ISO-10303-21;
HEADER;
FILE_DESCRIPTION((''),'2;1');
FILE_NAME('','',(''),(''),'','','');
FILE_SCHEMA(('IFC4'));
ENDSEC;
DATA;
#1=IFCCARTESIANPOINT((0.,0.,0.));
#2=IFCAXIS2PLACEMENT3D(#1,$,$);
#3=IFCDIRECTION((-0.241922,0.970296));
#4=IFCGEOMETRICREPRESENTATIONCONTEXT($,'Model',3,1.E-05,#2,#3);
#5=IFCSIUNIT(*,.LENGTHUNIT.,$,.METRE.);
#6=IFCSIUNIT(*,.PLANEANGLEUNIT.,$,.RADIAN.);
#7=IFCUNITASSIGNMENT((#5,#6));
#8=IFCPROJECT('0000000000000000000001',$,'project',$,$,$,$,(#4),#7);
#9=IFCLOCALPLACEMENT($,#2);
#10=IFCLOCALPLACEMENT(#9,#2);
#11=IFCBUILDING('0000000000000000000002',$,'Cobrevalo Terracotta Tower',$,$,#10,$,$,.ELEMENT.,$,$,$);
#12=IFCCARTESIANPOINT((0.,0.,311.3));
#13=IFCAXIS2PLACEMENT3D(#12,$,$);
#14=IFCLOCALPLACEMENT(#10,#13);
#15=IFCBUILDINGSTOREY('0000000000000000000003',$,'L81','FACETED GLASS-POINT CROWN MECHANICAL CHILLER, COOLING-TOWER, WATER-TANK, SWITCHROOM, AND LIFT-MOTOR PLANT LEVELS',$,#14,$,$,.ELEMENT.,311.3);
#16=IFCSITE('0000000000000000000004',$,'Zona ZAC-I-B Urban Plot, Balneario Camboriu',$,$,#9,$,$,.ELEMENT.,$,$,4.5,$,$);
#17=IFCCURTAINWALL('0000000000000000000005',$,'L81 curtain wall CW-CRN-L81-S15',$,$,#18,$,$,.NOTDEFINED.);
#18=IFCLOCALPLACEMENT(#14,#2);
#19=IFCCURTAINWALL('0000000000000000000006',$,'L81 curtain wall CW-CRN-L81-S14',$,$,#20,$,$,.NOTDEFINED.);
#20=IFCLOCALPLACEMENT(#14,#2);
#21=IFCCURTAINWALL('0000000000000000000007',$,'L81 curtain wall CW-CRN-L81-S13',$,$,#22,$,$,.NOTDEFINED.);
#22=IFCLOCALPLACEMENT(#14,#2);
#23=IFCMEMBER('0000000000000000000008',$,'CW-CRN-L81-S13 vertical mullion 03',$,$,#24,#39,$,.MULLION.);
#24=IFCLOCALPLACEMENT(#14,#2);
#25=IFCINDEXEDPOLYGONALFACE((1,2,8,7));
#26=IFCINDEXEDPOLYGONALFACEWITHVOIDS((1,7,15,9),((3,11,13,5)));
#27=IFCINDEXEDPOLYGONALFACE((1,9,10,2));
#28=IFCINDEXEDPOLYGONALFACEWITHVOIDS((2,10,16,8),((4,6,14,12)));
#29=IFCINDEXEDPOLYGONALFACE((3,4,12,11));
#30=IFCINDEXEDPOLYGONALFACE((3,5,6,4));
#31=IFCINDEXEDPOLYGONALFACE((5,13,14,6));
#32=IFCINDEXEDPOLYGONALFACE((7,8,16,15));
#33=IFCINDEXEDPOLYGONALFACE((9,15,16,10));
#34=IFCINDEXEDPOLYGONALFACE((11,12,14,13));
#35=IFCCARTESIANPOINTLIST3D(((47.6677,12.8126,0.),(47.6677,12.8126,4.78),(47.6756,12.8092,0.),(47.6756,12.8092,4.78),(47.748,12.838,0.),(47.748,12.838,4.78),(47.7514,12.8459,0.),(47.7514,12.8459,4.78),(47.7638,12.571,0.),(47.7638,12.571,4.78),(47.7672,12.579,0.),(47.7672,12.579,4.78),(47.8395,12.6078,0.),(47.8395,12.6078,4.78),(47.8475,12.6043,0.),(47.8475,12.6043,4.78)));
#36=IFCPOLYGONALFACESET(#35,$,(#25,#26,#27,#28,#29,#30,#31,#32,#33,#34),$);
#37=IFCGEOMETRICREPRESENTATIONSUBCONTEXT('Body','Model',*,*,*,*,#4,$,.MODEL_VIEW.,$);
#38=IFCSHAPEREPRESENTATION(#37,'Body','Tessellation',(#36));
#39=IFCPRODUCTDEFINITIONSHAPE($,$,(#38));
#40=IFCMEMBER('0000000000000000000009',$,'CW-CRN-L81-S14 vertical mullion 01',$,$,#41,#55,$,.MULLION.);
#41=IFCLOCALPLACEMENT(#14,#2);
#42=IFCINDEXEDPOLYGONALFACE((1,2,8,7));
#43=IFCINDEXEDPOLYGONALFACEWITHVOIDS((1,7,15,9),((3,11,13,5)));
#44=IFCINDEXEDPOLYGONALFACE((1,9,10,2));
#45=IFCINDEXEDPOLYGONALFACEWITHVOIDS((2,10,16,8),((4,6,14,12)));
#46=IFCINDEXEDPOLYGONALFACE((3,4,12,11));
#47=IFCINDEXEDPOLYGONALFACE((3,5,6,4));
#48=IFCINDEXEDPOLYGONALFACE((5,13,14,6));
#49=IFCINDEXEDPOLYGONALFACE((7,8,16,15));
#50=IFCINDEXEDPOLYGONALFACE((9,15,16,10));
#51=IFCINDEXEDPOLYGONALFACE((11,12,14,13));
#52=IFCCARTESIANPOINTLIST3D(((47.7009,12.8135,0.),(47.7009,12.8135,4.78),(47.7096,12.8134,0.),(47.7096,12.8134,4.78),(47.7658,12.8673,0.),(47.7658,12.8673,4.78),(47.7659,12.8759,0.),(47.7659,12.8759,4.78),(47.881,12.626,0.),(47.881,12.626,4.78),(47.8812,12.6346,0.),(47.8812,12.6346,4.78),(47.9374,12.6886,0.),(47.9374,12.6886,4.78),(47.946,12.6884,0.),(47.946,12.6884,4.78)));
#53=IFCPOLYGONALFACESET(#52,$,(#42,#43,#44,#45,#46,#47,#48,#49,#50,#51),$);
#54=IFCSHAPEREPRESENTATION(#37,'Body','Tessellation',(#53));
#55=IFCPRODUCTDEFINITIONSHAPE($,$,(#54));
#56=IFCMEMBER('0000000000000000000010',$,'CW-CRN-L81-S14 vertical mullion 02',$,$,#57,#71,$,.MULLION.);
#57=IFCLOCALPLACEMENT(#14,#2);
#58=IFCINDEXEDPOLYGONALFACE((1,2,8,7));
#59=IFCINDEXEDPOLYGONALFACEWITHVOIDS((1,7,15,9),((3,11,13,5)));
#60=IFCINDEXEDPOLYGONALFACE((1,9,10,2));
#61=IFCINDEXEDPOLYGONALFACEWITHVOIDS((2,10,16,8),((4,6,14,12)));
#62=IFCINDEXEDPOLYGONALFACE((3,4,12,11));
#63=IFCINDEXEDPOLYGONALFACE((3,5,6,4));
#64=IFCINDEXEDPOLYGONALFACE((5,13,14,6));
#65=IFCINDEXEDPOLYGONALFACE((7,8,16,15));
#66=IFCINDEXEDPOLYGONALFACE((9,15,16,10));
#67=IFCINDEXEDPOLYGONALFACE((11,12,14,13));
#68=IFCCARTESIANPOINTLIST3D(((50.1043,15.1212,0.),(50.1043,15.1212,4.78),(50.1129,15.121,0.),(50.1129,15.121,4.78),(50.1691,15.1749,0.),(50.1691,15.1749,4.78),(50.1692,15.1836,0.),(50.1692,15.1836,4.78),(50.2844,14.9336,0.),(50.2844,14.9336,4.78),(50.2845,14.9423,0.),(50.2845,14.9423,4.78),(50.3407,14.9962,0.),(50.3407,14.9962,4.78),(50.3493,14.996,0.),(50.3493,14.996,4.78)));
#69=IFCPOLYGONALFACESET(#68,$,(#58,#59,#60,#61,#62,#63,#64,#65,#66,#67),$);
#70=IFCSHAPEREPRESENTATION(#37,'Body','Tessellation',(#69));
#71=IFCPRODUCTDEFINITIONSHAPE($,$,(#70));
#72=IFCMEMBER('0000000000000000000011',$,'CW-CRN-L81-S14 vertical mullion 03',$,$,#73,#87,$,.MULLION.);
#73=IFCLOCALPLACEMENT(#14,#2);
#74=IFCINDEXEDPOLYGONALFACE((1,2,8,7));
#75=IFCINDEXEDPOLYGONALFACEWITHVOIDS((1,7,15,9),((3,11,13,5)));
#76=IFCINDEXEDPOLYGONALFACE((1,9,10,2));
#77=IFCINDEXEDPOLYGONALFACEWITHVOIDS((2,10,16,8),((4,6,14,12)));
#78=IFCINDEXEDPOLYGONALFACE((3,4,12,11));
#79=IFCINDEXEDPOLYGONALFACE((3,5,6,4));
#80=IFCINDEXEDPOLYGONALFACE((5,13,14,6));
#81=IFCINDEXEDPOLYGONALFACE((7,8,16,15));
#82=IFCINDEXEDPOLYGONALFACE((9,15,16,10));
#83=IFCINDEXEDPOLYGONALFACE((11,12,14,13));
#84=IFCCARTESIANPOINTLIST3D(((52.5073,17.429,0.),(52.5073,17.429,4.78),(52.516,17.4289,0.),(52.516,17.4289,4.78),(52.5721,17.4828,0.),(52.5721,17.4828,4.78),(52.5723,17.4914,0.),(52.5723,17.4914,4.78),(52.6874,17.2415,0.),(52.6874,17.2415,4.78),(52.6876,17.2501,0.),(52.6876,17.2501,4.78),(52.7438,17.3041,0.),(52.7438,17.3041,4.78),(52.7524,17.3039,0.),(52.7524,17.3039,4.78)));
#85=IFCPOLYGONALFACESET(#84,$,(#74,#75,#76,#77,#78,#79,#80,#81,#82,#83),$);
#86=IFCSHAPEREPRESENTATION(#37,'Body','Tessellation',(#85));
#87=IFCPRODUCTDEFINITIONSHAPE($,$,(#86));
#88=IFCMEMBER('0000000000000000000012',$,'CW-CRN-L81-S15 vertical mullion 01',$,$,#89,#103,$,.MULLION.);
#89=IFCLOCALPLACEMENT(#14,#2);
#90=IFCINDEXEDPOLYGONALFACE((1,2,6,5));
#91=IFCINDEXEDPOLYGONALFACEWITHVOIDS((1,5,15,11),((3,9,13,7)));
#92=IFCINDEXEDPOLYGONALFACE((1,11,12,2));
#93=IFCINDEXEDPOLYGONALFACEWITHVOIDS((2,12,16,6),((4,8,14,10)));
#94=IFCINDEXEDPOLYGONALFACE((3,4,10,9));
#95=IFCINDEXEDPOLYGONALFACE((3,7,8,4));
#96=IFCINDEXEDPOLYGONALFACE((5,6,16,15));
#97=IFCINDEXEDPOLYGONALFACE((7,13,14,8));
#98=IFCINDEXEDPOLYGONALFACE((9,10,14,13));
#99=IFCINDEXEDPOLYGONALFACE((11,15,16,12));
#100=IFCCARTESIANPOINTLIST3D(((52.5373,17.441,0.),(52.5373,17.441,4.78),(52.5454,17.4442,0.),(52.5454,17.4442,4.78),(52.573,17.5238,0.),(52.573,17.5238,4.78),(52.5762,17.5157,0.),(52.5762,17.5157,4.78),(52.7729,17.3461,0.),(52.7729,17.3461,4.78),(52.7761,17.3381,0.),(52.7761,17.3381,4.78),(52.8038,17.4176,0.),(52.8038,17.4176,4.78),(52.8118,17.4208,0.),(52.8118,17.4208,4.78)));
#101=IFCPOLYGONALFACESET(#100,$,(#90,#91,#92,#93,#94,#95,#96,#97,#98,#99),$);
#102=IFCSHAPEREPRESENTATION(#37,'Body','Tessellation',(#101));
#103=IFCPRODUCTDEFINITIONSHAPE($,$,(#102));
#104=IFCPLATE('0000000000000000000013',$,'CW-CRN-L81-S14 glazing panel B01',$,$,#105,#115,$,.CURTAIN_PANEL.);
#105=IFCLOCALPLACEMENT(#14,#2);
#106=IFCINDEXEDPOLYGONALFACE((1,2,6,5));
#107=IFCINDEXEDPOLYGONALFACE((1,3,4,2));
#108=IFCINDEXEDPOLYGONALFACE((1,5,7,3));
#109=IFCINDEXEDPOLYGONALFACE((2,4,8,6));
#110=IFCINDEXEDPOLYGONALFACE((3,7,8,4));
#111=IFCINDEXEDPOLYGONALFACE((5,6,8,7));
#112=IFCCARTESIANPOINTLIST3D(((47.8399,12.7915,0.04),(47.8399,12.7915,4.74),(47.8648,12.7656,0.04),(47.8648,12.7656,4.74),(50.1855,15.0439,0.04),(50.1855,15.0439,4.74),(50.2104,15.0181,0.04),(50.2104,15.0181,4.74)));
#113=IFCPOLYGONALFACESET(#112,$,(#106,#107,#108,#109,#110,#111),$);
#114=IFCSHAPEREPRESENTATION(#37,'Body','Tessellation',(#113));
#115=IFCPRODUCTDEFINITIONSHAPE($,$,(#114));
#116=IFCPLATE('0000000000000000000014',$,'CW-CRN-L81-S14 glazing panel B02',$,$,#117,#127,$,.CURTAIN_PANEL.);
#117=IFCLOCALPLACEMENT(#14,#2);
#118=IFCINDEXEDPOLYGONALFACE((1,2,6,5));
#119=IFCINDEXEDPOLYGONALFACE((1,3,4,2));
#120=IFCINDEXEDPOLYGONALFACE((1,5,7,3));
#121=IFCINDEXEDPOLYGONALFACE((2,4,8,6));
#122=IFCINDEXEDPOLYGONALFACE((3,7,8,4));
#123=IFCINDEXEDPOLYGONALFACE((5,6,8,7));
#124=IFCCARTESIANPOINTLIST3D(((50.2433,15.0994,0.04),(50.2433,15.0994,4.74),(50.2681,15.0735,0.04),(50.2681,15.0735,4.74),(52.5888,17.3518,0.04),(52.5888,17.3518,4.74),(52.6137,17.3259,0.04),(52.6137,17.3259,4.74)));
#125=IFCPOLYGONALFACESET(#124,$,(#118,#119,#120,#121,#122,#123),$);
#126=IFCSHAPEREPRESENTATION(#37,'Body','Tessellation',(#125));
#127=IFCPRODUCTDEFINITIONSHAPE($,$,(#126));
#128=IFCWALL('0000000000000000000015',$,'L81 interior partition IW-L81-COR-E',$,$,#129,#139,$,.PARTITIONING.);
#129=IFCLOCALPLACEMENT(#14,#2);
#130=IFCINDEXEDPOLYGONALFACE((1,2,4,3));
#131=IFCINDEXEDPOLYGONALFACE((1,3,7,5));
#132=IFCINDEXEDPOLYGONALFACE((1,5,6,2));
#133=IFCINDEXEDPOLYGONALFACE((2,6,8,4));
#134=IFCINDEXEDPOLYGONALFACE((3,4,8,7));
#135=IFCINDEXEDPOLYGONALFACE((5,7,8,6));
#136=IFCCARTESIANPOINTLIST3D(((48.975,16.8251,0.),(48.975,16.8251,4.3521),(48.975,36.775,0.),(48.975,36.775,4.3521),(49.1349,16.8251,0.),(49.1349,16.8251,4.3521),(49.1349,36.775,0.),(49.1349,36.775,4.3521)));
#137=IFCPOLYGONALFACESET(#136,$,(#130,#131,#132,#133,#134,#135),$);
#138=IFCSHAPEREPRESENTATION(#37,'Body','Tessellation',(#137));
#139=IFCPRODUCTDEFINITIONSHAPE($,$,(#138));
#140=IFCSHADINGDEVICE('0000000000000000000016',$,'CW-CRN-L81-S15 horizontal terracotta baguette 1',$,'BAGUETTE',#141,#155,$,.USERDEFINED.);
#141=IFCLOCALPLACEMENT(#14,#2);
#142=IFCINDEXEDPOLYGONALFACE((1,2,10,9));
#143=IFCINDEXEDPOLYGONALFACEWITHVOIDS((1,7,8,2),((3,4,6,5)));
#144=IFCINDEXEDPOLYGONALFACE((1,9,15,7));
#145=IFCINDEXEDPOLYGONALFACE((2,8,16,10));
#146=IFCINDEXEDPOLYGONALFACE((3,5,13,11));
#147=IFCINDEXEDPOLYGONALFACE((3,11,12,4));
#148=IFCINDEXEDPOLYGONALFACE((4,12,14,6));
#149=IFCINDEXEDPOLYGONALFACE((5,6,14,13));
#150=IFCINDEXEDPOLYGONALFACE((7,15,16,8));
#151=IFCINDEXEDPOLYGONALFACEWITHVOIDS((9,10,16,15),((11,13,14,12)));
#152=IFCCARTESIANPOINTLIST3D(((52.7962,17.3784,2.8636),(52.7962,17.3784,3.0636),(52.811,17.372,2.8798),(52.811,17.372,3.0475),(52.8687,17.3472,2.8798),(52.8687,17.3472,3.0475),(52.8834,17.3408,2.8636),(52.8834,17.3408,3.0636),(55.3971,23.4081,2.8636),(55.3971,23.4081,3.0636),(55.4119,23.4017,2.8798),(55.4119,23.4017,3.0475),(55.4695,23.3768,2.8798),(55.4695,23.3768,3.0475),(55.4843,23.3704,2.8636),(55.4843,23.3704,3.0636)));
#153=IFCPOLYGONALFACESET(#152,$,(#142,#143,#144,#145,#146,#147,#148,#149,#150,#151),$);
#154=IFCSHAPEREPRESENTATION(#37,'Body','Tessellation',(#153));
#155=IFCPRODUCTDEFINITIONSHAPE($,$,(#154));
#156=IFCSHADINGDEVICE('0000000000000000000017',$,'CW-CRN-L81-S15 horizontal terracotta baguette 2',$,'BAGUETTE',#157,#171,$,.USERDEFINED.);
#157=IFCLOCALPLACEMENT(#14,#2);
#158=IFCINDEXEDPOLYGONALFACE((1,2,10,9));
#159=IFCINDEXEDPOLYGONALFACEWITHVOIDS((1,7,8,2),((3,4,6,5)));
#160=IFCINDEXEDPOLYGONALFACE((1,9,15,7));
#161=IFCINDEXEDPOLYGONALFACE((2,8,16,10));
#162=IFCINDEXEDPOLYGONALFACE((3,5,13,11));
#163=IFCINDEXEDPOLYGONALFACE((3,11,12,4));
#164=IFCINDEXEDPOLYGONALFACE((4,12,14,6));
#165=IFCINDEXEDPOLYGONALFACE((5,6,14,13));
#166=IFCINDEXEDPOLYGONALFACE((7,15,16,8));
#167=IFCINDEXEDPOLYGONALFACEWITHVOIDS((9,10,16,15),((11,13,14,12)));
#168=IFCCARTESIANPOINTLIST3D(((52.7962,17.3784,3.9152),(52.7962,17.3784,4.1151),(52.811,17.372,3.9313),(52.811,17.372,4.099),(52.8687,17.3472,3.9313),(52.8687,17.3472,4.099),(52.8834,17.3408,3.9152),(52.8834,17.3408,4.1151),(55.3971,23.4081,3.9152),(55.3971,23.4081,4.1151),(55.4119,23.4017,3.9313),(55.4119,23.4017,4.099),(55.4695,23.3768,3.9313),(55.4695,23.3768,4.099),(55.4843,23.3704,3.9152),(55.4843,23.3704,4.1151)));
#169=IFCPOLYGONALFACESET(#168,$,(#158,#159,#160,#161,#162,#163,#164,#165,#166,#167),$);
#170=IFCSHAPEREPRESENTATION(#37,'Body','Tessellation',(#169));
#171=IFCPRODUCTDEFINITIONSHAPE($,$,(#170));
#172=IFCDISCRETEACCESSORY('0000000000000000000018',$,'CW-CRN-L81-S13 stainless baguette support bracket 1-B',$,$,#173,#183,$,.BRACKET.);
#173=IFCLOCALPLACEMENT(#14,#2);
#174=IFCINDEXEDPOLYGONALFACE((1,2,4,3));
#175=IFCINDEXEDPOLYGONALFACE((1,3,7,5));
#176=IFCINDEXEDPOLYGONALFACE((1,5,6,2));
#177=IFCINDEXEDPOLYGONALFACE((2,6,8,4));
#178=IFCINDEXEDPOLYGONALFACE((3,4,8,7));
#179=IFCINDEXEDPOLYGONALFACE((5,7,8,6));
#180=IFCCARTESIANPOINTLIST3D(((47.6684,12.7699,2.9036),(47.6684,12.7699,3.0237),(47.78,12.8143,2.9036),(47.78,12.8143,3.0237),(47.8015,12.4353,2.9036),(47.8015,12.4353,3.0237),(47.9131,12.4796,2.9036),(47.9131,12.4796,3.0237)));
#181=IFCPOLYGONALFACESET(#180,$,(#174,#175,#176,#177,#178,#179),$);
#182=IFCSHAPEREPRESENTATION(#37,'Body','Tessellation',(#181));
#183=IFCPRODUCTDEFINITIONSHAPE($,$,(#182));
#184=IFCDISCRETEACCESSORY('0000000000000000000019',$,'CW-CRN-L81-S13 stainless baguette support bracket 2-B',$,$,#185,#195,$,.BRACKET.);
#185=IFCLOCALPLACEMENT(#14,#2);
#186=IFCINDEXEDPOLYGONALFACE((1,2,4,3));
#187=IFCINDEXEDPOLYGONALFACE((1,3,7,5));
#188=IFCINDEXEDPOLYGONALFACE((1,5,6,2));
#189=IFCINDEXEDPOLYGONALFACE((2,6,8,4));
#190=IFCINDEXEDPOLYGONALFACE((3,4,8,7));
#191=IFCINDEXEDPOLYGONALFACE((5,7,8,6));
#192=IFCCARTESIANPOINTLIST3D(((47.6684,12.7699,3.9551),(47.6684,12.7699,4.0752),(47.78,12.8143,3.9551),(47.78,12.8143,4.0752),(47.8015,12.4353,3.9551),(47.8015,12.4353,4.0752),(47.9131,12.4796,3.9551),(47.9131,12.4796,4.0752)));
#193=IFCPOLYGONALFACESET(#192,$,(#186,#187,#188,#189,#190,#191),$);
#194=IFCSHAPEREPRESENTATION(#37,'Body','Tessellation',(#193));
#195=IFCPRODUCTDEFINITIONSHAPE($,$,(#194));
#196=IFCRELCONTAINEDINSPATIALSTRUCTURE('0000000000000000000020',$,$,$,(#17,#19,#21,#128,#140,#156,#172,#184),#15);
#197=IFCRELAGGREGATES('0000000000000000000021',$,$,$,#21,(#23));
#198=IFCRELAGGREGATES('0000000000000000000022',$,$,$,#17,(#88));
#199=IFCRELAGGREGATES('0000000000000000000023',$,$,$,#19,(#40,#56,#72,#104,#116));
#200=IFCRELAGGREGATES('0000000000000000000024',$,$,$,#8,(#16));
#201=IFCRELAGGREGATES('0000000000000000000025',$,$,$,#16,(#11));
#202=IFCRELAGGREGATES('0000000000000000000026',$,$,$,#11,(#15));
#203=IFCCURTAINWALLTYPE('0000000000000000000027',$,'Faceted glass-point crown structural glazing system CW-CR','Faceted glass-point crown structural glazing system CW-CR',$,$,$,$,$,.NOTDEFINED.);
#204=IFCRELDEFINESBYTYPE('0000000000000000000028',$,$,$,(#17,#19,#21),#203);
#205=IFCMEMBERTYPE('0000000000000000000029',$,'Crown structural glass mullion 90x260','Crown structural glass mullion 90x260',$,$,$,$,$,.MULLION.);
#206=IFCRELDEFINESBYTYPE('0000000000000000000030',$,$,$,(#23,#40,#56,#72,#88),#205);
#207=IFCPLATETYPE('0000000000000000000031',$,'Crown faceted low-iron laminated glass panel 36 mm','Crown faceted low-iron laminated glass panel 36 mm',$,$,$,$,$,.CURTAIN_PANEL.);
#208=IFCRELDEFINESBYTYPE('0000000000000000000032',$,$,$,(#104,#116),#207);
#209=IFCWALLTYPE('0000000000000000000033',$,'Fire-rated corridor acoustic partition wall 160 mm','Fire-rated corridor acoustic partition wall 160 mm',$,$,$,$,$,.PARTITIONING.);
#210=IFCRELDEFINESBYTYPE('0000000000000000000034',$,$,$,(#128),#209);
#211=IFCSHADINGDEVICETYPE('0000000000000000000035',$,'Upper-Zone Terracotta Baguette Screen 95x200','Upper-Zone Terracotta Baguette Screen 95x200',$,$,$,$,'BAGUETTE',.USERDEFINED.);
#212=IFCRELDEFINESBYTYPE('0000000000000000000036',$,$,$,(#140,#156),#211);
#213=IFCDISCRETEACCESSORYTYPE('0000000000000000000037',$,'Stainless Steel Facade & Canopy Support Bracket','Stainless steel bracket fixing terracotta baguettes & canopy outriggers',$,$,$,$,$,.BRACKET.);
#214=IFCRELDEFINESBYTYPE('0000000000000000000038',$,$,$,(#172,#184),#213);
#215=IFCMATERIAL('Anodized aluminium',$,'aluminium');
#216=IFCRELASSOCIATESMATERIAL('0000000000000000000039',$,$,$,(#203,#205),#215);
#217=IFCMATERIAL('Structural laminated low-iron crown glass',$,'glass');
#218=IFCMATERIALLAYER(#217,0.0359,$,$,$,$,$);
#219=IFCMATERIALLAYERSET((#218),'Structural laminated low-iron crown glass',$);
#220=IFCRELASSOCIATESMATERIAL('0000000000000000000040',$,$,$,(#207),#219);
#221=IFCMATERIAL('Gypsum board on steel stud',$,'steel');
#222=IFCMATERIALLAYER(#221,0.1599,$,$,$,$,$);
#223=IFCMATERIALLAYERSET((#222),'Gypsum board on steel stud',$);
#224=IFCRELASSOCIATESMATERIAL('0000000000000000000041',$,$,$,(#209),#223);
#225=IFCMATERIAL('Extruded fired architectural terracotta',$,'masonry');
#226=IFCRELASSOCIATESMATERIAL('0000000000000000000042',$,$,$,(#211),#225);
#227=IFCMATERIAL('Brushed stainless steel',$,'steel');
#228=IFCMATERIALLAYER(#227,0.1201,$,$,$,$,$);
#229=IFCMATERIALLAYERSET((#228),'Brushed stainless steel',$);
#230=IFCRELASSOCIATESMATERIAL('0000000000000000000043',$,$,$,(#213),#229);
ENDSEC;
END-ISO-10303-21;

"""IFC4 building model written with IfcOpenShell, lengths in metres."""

from ifc_helpers import new_model, si_unit, direction, frame, frame_2d, origin, origin_2d, place, context, subcontext, project, spatial, rectangle, hollow_rectangle, extrude, source, transform, mapped, material, layer, layer_set, material_profile, profile_set, type_object, element, aggregate, save


model = new_model("IFC4")

# Units and contexts
model_context = context("Model", 3, precision=1e-05, world=origin(), true_north=direction((-0.241922, 0.970296)))
body_context = subcontext(model_context, "Body", "Model", "MODEL_VIEW")
ifc_project = project(units=[si_unit("LENGTHUNIT", "METRE"), si_unit("PLANEANGLEUNIT", "RADIAN")], contexts=[model_context])

# Site, building, storey
site_placement = place(None, origin())
site = spatial("IfcSite", under=ifc_project, at=site_placement, Name="Zona ZAC-I-B Urban Plot, Balneario Camboriu", CompositionType="ELEMENT", RefElevation=4.5)
building_placement = place(site_placement, origin())
building = spatial("IfcBuilding", under=site, at=building_placement, Name="Cobrevalo Terracotta Tower", CompositionType="ELEMENT")
storey_placement = place(building_placement, frame((0.0, 0.0, 311.3)))
storey = spatial("IfcBuildingStorey", under=building, at=storey_placement, Name="L81", Description="FACETED GLASS-POINT CROWN MECHANICAL CHILLER, COOLING-TOWER, WATER-TANK, SWITCHROOM, AND LIFT-MOTOR PLANT LEVELS", CompositionType="ELEMENT", Elevation=311.3)

# Curtain walls
ifc_material_1 = material(Name="Anodized aluminium", Category="aluminium")
curtain_wall_type = type_object("IfcCurtainWallType", Name="Faceted glass-point crown structural glazing system CW-CR", Description="Faceted glass-point crown structural glazing system CW-CR", PredefinedType="NOTDEFINED", material=ifc_material_1)
curtain_wall_1_placement = place(storey_placement, origin())
curtain_wall_1 = element("IfcCurtainWall", 1, at=curtain_wall_1_placement, inside=storey, type_object=curtain_wall_type, Name="L81 curtain wall CW-CRN-L81-S15", PredefinedType="NOTDEFINED")
curtain_wall_2_placement = place(storey_placement, origin())
curtain_wall_2 = element("IfcCurtainWall", 2, at=curtain_wall_2_placement, inside=storey, type_object=curtain_wall_type, Name="L81 curtain wall CW-CRN-L81-S14", PredefinedType="NOTDEFINED")

# Curtain wall, member
curtain_wall_3_placement = place(storey_placement, origin())
curtain_wall_3 = element("IfcCurtainWall", 3, at=curtain_wall_3_placement, inside=storey, type_object=curtain_wall_type, Name="L81 curtain wall CW-CRN-L81-S13", PredefinedType="NOTDEFINED")
ifc_material_profile_1 = material_profile(ifc_material_1, hollow_rectangle(XDim=0.0901, YDim=0.26, WallThickness=0.0061, at=origin_2d()), Name="CWM 90x260")
ifc_profile_set_1 = profile_set([ifc_material_profile_1], Name="Anodized aluminium")
member_type_1 = type_object("IfcMemberType", Name="Crown structural glass mullion 90x260", Description="Crown structural glass mullion 90x260", PredefinedType="MULLION", material=ifc_profile_set_1)
shared_shape_1 = source(origin(), body_context, "Body", "SweptSolid", [
    extrude(hollow_rectangle(XDim=0.0901, YDim=0.26, WallThickness=0.0061, at=origin_2d()), origin(), (0.0, 0.0, 1.0), 4.78),
])
member_1_placement = place(storey_placement, frame((47.7576, 12.7085, 0.0), z_axis=(0.0, 0.0, 1.0), x_axis=(0.929191, 0.369601, 0.0)))
member_1 = element("IfcMember", 4, at=member_1_placement, type_object=member_type_1, Name="CW-CRN-L81-S13 vertical mullion 03", PredefinedType="MULLION", context=body_context, shape_type="MappedRepresentation", body=[
    mapped(shared_shape_1, transform((0.0, 0.0, 0.0), scale=1.0)),
])
aggregate(curtain_wall_3, [member_1])

# Members
member_2_placement = place(storey_placement, frame((47.8235, 12.751, 0.0), z_axis=(0.0, 0.0, 1.0), x_axis=(0.721277, 0.692647, 0.0)))
member_2 = element("IfcMember", 5, at=member_2_placement, type_object=member_type_1, Name="CW-CRN-L81-S14 vertical mullion 01", PredefinedType="MULLION", context=body_context, shape_type="MappedRepresentation", body=[
    mapped(shared_shape_1, transform((0.0, 0.0, 0.0), scale=1.0)),
])
member_3_placement = place(storey_placement, frame((50.2268, 15.0586, 0.0), z_axis=(0.0, 0.0, 1.0), x_axis=(0.721277, 0.692647, 0.0)))
member_3 = element("IfcMember", 6, at=member_3_placement, type_object=member_type_1, Name="CW-CRN-L81-S14 vertical mullion 02", PredefinedType="MULLION", context=body_context, shape_type="MappedRepresentation", body=[
    mapped(shared_shape_1, transform((0.0, 0.0, 0.0), scale=1.0)),
])
member_4_placement = place(storey_placement, frame((52.6299, 17.3665, 0.0), z_axis=(0.0, 0.0, 1.0), x_axis=(0.721277, 0.692647, 0.0)))
member_4 = element("IfcMember", 7, at=member_4_placement, type_object=member_type_1, Name="CW-CRN-L81-S14 vertical mullion 03", PredefinedType="MULLION", context=body_context, shape_type="MappedRepresentation", body=[
    mapped(shared_shape_1, transform((0.0, 0.0, 0.0), scale=1.0)),
])
member_5_placement = place(storey_placement, frame((52.6746, 17.4309, 0.0), z_axis=(0.0, 0.0, 1.0), x_axis=(0.396058, 0.918225, 0.0)))
member_5 = element("IfcMember", 8, at=member_5_placement, type_object=member_type_1, Name="CW-CRN-L81-S15 vertical mullion 01", PredefinedType="MULLION", context=body_context, shape_type="MappedRepresentation", body=[
    mapped(shared_shape_1, transform((0.0, 0.0, 0.0), scale=1.0)),
])
aggregate(curtain_wall_1, [member_5])

# Plates
ifc_material_2 = material(Name="Structural laminated low-iron crown glass", Category="glass")
ifc_layer_1 = layer(ifc_material_2, 0.0359)
ifc_layer_set_1 = layer_set([ifc_layer_1], Name="Structural laminated low-iron crown glass")
plate_type = type_object("IfcPlateType", Name="Crown faceted low-iron laminated glass panel 36 mm", Description="Crown faceted low-iron laminated glass panel 36 mm", PredefinedType="CURTAIN_PANEL", material=ifc_layer_set_1)
shared_shape_2 = source(origin(), body_context, "Body", "SweptSolid", [
    extrude(rectangle(XDim=3.252, YDim=0.0359, at=origin_2d()), origin(), (0.0, 0.0, 1.0), 4.7),
])
plate_1_placement = place(storey_placement, frame((49.0251, 13.9048, 0.04), z_axis=(0.0, 0.0, 1.0), x_axis=(0.72128, 0.692643, 0.0)))
plate_1 = element("IfcPlate", 9, at=plate_1_placement, type_object=plate_type, Name="CW-CRN-L81-S14 glazing panel B01", PredefinedType="CURTAIN_PANEL", context=body_context, shape_type="MappedRepresentation", body=[
    mapped(shared_shape_2, transform((0.0, 0.0, 0.0), scale=1.0)),
])
plate_2_placement = place(storey_placement, frame((51.4285, 16.2126, 0.04), z_axis=(0.0, 0.0, 1.0), x_axis=(0.72128, 0.692643, 0.0)))
plate_2 = element("IfcPlate", 10, at=plate_2_placement, type_object=plate_type, Name="CW-CRN-L81-S14 glazing panel B02", PredefinedType="CURTAIN_PANEL", context=body_context, shape_type="MappedRepresentation", body=[
    mapped(shared_shape_2, transform((0.0, 0.0, 0.0), scale=1.0)),
])
aggregate(curtain_wall_2, [member_2, member_3, member_4, plate_1, plate_2])

# Wall
ifc_material_3 = material(Name="Gypsum board on steel stud", Category="steel")
ifc_layer_2 = layer(ifc_material_3, 0.1599)
ifc_layer_set_2 = layer_set([ifc_layer_2], Name="Gypsum board on steel stud")
wall_type = type_object("IfcWallType", Name="Fire-rated corridor acoustic partition wall 160 mm", Description="Fire-rated corridor acoustic partition wall 160 mm", PredefinedType="PARTITIONING", material=ifc_layer_set_2)
wall_placement = place(storey_placement, frame((49.0549, 16.825, 0.0), z_axis=(0.0, 0.0, 1.0), x_axis=(0.0, 1.0, 0.0)))
element("IfcWall", 11, at=wall_placement, inside=storey, type_object=wall_type, Name="L81 interior partition IW-L81-COR-E", PredefinedType="PARTITIONING", context=body_context, shape_type="SweptSolid", body=[
    extrude(rectangle(XDim=19.95, YDim=0.1599, at=frame_2d((9.9751, 0.0))), origin(), (0.0, 0.0, 1.0), 4.3521),
])

# Shading devices
ifc_material_4 = material(Name="Extruded fired architectural terracotta", Category="masonry")
ifc_material_profile_2 = material_profile(ifc_material_4, hollow_rectangle(XDim=0.095, YDim=0.2, WallThickness=0.0161, at=origin_2d()), Name="BAGUETTE 95x200")
ifc_profile_set_2 = profile_set([ifc_material_profile_2], Name="Extruded fired architectural terracotta")
shading_device_type = type_object("IfcShadingDeviceType", Name="Upper-Zone Terracotta Baguette Screen 95x200", Description="Upper-Zone Terracotta Baguette Screen 95x200", ElementType="BAGUETTE", PredefinedType="USERDEFINED", material=ifc_profile_set_2)
shared_shape_3 = source(origin(), body_context, "Body", "SweptSolid", [
    extrude(hollow_rectangle(XDim=0.095, YDim=0.2, WallThickness=0.0161, at=origin_2d()), origin(), (0.0, 0.0, 1.0), 6.5667),
])
for number, where, z_axis, x_axis, name in (
    (12, (52.8398, 17.3596, 2.9636), (0.396072, 0.918219, 0.0), (-0.918219, 0.396072, 0.0), "CW-CRN-L81-S15 horizontal terracotta baguette 1"),
    (13, (52.8398, 17.3596, 4.0151), (0.396072, 0.918219, 0.0), (-0.918219, 0.396072, 0.0), "CW-CRN-L81-S15 horizontal terracotta baguette 2"),
):
    element("IfcShadingDevice", number, at=place(storey_placement, frame(where, z_axis=z_axis, x_axis=x_axis)), inside=storey, type_object=shading_device_type, Name=name, ObjectType="BAGUETTE", PredefinedType="USERDEFINED", context=body_context, shape_type="MappedRepresentation", body=[
        mapped(shared_shape_3, transform((0.0, 0.0, 0.0), scale=1.0)),
    ])

# Discrete accessories
ifc_material_5 = material(Name="Brushed stainless steel", Category="steel")
ifc_layer_3 = layer(ifc_material_5, 0.1201)
ifc_layer_set_3 = layer_set([ifc_layer_3], Name="Brushed stainless steel")
discrete_accessory_type = type_object("IfcDiscreteAccessoryType", Name="Stainless Steel Facade & Canopy Support Bracket", Description="Stainless steel bracket fixing terracotta baguettes & canopy outriggers", PredefinedType="BRACKET", material=ifc_layer_set_3)
shared_shape_4 = source(origin(), body_context, "Body", "SweptSolid", [
    extrude(rectangle(XDim=0.1201, YDim=0.3601, at=origin_2d()), origin(), (0.0, 0.0, 1.0), 0.1201),
])
for number, where, z_axis, x_axis, name in (
    (14, (47.7908, 12.6248, 2.9036), (0.0, 0.0, 1.0), (0.929191, 0.369601, 0.0), "CW-CRN-L81-S13 stainless baguette support bracket 1-B"),
    (15, (47.7908, 12.6248, 3.9551), (0.0, 0.0, 1.0), (0.929191, 0.369601, 0.0), "CW-CRN-L81-S13 stainless baguette support bracket 2-B"),
):
    element("IfcDiscreteAccessory", number, at=place(storey_placement, frame(where, z_axis=z_axis, x_axis=x_axis)), inside=storey, type_object=discrete_accessory_type, Name=name, PredefinedType="BRACKET", context=body_context, shape_type="MappedRepresentation", body=[
        mapped(shared_shape_4, transform((0.0, 0.0, 0.0), scale=1.0)),
    ])

save(model, "model.ifc")
